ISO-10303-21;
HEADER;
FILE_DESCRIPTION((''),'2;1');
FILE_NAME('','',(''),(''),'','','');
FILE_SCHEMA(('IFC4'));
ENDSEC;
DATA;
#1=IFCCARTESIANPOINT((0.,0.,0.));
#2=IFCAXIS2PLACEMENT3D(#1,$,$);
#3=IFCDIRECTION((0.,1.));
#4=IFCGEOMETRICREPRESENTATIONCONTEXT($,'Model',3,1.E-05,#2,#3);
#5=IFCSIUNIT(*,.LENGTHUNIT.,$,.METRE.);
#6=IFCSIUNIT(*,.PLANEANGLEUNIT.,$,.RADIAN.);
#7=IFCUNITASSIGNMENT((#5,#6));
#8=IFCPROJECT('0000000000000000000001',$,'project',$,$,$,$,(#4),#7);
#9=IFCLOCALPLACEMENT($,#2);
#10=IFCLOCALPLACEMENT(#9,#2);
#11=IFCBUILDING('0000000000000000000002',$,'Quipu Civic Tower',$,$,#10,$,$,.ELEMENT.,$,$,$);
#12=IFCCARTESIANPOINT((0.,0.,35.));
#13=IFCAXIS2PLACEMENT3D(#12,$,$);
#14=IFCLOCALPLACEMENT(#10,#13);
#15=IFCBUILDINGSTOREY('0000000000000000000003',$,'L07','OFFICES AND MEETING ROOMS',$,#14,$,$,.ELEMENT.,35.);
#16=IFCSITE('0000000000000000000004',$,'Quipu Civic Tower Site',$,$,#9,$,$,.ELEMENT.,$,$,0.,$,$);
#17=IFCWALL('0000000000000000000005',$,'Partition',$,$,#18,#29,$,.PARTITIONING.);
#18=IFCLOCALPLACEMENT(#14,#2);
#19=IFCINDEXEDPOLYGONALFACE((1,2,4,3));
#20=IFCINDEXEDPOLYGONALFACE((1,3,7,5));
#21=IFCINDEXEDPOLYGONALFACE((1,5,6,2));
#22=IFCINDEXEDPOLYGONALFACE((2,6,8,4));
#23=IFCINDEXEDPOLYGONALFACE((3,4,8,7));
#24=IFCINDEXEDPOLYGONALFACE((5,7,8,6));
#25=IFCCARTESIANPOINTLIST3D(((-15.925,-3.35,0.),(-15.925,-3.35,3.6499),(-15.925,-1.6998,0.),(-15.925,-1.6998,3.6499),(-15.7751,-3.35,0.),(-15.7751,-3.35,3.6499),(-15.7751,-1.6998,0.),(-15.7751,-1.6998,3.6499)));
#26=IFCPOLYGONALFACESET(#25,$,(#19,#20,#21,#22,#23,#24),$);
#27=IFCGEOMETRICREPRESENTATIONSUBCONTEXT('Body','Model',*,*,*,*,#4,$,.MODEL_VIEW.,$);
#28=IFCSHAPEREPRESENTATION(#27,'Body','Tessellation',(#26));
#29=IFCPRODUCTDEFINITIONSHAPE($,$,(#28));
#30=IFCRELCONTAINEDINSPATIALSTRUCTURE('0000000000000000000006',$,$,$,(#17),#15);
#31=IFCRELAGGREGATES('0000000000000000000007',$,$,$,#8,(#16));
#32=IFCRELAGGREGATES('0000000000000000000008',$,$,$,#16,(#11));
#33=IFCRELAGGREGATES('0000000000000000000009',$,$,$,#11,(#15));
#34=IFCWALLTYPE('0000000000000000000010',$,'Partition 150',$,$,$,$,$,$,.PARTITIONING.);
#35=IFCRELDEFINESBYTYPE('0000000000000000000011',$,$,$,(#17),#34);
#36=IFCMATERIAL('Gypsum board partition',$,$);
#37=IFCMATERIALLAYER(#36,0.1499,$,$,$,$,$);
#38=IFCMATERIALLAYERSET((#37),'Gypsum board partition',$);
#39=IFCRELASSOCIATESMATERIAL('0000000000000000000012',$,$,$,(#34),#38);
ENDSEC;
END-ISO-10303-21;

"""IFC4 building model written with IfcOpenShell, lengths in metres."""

from ifc_helpers import new_model, si_unit, direction, frame, frame_2d, origin, place, context, subcontext, project, spatial, rectangle, extrude, material, layer, layer_set, type_object, element, save


model = new_model("IFC4")

# Units and contexts
model_context = context("Model", 3, precision=1e-05, world=origin(), true_north=direction((0.0, 1.0)))
body_context = subcontext(model_context, "Body", "Model", "MODEL_VIEW")
ifc_project = project(units=[si_unit("LENGTHUNIT", "METRE"), si_unit("PLANEANGLEUNIT", "RADIAN")], contexts=[model_context])

# Site, building, storey
site_placement = place(None, origin())
site = spatial("IfcSite", under=ifc_project, at=site_placement, Name="Quipu Civic Tower Site", CompositionType="ELEMENT", RefElevation=0.0)
building_placement = place(site_placement, origin())
building = spatial("IfcBuilding", under=site, at=building_placement, Name="Quipu Civic Tower", CompositionType="ELEMENT")
storey_placement = place(building_placement, frame((0.0, 0.0, 35.0)))
storey = spatial("IfcBuildingStorey", under=building, at=storey_placement, Name="L07", Description="OFFICES AND MEETING ROOMS", CompositionType="ELEMENT", Elevation=35.0)

# Wall
ifc_material_1 = material(Name="Gypsum board partition")
ifc_layer_1 = layer(ifc_material_1, 0.1499)
ifc_layer_set_1 = layer_set([ifc_layer_1], Name="Gypsum board partition")
wall_type_1 = type_object("IfcWallType", Name="Partition 150", PredefinedType="PARTITIONING", material=ifc_layer_set_1)
wall_1_placement = place(storey_placement, frame((-15.8501, -3.3501, 0.0), z_axis=(0.0, 0.0, 1.0), x_axis=(0.0, 1.0, 0.0)))
element("IfcWall", 1, at=wall_1_placement, inside=storey, type_object=wall_type_1, Name="Partition", PredefinedType="PARTITIONING", context=body_context, shape_type="SweptSolid", body=[
    extrude(rectangle(XDim=1.6501, YDim=0.1499, at=frame_2d((0.8252, 0.0))), origin(), (0.0, 0.0, 1.0), 3.6499),
])

save(model, "model.ifc")
